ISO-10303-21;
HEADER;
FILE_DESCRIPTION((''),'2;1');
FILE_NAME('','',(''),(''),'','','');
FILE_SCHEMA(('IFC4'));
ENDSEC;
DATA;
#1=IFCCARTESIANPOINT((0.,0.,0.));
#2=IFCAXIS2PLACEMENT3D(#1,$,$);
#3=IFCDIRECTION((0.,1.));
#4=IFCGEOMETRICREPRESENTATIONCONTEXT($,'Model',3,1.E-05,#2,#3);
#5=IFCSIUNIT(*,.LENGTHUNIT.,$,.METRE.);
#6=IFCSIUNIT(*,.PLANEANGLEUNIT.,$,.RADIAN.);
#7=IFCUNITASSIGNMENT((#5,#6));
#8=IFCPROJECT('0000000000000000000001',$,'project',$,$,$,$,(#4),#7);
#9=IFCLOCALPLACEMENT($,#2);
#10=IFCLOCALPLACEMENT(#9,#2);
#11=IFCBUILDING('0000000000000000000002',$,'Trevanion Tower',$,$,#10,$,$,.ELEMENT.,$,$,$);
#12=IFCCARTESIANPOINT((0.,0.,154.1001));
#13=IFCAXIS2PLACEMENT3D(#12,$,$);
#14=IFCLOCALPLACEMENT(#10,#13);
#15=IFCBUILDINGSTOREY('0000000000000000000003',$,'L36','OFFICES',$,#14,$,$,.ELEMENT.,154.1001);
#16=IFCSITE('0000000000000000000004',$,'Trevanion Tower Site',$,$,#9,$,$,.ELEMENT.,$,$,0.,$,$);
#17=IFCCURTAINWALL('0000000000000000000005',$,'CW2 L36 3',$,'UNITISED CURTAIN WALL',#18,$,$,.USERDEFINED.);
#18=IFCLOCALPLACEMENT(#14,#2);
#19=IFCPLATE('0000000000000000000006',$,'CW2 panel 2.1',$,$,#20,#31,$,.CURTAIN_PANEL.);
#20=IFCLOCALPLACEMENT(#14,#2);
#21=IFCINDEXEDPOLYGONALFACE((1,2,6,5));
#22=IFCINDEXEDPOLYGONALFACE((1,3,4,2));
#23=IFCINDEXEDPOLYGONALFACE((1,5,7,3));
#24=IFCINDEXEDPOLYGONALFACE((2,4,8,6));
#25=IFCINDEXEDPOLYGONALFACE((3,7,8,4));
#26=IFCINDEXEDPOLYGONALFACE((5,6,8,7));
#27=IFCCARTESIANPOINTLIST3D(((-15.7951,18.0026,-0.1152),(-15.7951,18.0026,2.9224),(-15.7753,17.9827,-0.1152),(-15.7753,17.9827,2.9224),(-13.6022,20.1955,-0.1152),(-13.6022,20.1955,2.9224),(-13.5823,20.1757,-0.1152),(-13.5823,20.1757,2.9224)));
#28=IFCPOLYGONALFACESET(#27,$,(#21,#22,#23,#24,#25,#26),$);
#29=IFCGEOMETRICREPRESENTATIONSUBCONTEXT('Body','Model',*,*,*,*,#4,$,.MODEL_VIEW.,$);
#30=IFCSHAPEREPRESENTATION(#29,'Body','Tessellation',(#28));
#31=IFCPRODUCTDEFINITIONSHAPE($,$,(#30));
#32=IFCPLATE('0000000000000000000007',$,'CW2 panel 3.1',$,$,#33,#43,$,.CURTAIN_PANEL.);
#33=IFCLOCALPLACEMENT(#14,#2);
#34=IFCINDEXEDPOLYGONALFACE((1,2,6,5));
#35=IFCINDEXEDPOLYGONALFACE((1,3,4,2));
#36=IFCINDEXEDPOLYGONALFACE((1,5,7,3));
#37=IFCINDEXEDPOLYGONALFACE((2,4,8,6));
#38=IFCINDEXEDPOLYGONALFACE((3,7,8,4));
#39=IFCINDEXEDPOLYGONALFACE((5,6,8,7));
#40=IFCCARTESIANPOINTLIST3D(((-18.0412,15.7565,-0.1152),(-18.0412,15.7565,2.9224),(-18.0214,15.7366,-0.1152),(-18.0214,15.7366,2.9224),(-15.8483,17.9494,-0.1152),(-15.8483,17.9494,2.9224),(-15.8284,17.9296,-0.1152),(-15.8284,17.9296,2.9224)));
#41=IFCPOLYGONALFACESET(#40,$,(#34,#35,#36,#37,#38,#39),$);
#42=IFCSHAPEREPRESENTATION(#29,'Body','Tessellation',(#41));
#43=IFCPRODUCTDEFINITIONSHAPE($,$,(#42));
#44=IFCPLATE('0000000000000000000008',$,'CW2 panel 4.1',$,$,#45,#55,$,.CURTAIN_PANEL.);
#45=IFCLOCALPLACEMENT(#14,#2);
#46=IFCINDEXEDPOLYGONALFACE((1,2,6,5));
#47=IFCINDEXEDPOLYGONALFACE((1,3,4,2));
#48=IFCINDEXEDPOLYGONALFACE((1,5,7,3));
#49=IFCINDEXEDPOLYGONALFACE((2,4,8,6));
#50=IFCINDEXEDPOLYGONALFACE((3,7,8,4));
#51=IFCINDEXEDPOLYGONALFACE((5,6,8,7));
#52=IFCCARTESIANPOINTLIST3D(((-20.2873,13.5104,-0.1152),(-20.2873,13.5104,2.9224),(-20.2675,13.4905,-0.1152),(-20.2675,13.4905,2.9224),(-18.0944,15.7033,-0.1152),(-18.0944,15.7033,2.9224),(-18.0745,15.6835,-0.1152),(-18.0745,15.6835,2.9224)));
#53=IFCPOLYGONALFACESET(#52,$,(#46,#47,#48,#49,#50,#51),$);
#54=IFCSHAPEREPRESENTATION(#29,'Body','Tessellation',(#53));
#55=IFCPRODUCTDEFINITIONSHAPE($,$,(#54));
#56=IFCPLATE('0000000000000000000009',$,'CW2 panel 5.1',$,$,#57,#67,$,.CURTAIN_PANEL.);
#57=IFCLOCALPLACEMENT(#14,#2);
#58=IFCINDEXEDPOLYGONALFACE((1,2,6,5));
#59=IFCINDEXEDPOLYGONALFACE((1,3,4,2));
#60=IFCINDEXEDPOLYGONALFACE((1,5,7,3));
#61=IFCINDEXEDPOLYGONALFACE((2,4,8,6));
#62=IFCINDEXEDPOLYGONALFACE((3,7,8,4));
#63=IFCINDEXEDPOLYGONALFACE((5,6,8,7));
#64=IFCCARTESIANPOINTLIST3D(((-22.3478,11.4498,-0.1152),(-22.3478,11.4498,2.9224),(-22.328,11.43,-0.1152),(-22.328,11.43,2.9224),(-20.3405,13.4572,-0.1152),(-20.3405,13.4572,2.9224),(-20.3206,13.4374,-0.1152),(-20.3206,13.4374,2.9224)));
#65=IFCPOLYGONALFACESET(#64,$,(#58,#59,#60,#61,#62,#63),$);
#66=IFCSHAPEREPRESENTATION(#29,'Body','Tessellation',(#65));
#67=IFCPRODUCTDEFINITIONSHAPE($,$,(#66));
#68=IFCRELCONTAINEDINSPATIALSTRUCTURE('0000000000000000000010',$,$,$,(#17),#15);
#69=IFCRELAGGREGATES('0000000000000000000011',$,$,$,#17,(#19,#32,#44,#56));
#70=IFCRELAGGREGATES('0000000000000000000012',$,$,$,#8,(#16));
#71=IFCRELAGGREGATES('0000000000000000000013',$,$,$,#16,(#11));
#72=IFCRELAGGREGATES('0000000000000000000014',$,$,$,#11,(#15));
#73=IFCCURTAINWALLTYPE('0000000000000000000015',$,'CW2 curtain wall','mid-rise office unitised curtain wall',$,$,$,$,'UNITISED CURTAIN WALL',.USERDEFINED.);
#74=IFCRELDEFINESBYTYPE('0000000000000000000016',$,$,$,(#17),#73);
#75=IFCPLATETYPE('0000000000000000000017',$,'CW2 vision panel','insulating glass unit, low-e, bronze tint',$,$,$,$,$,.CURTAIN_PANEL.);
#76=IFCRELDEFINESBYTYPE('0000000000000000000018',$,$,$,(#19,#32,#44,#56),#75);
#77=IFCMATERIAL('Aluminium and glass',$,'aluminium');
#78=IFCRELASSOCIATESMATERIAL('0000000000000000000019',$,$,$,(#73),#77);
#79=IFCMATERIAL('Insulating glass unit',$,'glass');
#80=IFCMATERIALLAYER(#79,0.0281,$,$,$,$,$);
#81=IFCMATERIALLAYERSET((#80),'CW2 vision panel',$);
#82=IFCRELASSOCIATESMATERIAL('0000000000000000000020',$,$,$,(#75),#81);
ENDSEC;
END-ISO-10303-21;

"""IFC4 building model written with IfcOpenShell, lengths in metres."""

from ifc_helpers import new_model, si_unit, direction, frame, origin, origin_2d, place, context, subcontext, project, spatial, rectangle, extrude, material, layer, layer_set, type_object, element, aggregate, save


model = new_model("IFC4")

# Units and contexts
model_context = context("Model", 3, precision=1e-05, world=origin(), true_north=direction((0.0, 1.0)))
body_context = subcontext(model_context, "Body", "Model", "MODEL_VIEW")
ifc_project = project(units=[si_unit("LENGTHUNIT", "METRE"), si_unit("PLANEANGLEUNIT", "RADIAN")], contexts=[model_context])

# Site, building, storey
site_placement = place(None, origin())
site = spatial("IfcSite", under=ifc_project, at=site_placement, Name="Trevanion Tower Site", CompositionType="ELEMENT", RefElevation=0.0)
building_placement = place(site_placement, origin())
building = spatial("IfcBuilding", under=site, at=building_placement, Name="Trevanion Tower", CompositionType="ELEMENT")
storey_placement = place(building_placement, frame((0.0, 0.0, 154.1001)))
storey = spatial("IfcBuildingStorey", under=building, at=storey_placement, Name="L36", Description="OFFICES", CompositionType="ELEMENT", Elevation=154.1001)

# Curtain wall
ifc_material_1 = material(Name="Aluminium and glass", Category="aluminium")
curtain_wall_type = type_object("IfcCurtainWallType", Name="CW2 curtain wall", Description="mid-rise office unitised curtain wall", ElementType="UNITISED CURTAIN WALL", PredefinedType="USERDEFINED", material=ifc_material_1)
curtain_wall_1_placement = place(storey_placement, origin())
curtain_wall_1 = element("IfcCurtainWall", 1, at=curtain_wall_1_placement, inside=storey, type_object=curtain_wall_type, Name="CW2 L36 3", ObjectType="UNITISED CURTAIN WALL", PredefinedType="USERDEFINED")

# Plates
ifc_material_2 = material(Name="Insulating glass unit", Category="glass")
ifc_layer_1 = layer(ifc_material_2, 0.0281)
ifc_layer_set_1 = layer_set([ifc_layer_1], Name="CW2 vision panel")
plate_type_1 = type_object("IfcPlateType", Name="CW2 vision panel", Description="insulating glass unit, low-e, bronze tint", PredefinedType="CURTAIN_PANEL", material=ifc_layer_set_1)
plate_1_placement = place(storey_placement, frame((-14.6887, 19.0891, -0.1152), z_axis=(0.0, 0.0, 1.0), x_axis=(-0.707107, -0.707107, 0.0)))
plate_1 = element("IfcPlate", 2, at=plate_1_placement, type_object=plate_type_1, Name="CW2 panel 2.1", PredefinedType="CURTAIN_PANEL", context=body_context, shape_type="SweptSolid", body=[
    extrude(rectangle(XDim=3.1013, YDim=0.0281, at=origin_2d()), origin(), (0.0, 0.0, 1.0), 3.0376),
])
plate_2_placement = place(storey_placement, frame((-16.9348, 16.843, -0.1152), z_axis=(0.0, 0.0, 1.0), x_axis=(-0.707107, -0.707107, 0.0)))
plate_2 = element("IfcPlate", 3, at=plate_2_placement, type_object=plate_type_1, Name="CW2 panel 3.1", PredefinedType="CURTAIN_PANEL", context=body_context, shape_type="SweptSolid", body=[
    extrude(rectangle(XDim=3.1013, YDim=0.0281, at=origin_2d()), origin(), (0.0, 0.0, 1.0), 3.0376),
])
plate_3_placement = place(storey_placement, frame((-19.1809, 14.5969, -0.1152), z_axis=(0.0, 0.0, 1.0), x_axis=(-0.707107, -0.707107, 0.0)))
plate_3 = element("IfcPlate", 4, at=plate_3_placement, type_object=plate_type_1, Name="CW2 panel 4.1", PredefinedType="CURTAIN_PANEL", context=body_context, shape_type="SweptSolid", body=[
    extrude(rectangle(XDim=3.1013, YDim=0.0281, at=origin_2d()), origin(), (0.0, 0.0, 1.0), 3.0376),
])
plate_4_placement = place(storey_placement, frame((-21.3342, 12.4436, -0.1152), z_axis=(0.0, 0.0, 1.0), x_axis=(-0.707107, -0.707107, 0.0)))
plate_4 = element("IfcPlate", 5, at=plate_4_placement, type_object=plate_type_1, Name="CW2 panel 5.1", PredefinedType="CURTAIN_PANEL", context=body_context, shape_type="SweptSolid", body=[
    extrude(rectangle(XDim=2.8389, YDim=0.0281, at=origin_2d()), origin(), (0.0, 0.0, 1.0), 3.0376),
])
aggregate(curtain_wall_1, [plate_1, plate_2, plate_3, plate_4])

save(model, "model.ifc")
